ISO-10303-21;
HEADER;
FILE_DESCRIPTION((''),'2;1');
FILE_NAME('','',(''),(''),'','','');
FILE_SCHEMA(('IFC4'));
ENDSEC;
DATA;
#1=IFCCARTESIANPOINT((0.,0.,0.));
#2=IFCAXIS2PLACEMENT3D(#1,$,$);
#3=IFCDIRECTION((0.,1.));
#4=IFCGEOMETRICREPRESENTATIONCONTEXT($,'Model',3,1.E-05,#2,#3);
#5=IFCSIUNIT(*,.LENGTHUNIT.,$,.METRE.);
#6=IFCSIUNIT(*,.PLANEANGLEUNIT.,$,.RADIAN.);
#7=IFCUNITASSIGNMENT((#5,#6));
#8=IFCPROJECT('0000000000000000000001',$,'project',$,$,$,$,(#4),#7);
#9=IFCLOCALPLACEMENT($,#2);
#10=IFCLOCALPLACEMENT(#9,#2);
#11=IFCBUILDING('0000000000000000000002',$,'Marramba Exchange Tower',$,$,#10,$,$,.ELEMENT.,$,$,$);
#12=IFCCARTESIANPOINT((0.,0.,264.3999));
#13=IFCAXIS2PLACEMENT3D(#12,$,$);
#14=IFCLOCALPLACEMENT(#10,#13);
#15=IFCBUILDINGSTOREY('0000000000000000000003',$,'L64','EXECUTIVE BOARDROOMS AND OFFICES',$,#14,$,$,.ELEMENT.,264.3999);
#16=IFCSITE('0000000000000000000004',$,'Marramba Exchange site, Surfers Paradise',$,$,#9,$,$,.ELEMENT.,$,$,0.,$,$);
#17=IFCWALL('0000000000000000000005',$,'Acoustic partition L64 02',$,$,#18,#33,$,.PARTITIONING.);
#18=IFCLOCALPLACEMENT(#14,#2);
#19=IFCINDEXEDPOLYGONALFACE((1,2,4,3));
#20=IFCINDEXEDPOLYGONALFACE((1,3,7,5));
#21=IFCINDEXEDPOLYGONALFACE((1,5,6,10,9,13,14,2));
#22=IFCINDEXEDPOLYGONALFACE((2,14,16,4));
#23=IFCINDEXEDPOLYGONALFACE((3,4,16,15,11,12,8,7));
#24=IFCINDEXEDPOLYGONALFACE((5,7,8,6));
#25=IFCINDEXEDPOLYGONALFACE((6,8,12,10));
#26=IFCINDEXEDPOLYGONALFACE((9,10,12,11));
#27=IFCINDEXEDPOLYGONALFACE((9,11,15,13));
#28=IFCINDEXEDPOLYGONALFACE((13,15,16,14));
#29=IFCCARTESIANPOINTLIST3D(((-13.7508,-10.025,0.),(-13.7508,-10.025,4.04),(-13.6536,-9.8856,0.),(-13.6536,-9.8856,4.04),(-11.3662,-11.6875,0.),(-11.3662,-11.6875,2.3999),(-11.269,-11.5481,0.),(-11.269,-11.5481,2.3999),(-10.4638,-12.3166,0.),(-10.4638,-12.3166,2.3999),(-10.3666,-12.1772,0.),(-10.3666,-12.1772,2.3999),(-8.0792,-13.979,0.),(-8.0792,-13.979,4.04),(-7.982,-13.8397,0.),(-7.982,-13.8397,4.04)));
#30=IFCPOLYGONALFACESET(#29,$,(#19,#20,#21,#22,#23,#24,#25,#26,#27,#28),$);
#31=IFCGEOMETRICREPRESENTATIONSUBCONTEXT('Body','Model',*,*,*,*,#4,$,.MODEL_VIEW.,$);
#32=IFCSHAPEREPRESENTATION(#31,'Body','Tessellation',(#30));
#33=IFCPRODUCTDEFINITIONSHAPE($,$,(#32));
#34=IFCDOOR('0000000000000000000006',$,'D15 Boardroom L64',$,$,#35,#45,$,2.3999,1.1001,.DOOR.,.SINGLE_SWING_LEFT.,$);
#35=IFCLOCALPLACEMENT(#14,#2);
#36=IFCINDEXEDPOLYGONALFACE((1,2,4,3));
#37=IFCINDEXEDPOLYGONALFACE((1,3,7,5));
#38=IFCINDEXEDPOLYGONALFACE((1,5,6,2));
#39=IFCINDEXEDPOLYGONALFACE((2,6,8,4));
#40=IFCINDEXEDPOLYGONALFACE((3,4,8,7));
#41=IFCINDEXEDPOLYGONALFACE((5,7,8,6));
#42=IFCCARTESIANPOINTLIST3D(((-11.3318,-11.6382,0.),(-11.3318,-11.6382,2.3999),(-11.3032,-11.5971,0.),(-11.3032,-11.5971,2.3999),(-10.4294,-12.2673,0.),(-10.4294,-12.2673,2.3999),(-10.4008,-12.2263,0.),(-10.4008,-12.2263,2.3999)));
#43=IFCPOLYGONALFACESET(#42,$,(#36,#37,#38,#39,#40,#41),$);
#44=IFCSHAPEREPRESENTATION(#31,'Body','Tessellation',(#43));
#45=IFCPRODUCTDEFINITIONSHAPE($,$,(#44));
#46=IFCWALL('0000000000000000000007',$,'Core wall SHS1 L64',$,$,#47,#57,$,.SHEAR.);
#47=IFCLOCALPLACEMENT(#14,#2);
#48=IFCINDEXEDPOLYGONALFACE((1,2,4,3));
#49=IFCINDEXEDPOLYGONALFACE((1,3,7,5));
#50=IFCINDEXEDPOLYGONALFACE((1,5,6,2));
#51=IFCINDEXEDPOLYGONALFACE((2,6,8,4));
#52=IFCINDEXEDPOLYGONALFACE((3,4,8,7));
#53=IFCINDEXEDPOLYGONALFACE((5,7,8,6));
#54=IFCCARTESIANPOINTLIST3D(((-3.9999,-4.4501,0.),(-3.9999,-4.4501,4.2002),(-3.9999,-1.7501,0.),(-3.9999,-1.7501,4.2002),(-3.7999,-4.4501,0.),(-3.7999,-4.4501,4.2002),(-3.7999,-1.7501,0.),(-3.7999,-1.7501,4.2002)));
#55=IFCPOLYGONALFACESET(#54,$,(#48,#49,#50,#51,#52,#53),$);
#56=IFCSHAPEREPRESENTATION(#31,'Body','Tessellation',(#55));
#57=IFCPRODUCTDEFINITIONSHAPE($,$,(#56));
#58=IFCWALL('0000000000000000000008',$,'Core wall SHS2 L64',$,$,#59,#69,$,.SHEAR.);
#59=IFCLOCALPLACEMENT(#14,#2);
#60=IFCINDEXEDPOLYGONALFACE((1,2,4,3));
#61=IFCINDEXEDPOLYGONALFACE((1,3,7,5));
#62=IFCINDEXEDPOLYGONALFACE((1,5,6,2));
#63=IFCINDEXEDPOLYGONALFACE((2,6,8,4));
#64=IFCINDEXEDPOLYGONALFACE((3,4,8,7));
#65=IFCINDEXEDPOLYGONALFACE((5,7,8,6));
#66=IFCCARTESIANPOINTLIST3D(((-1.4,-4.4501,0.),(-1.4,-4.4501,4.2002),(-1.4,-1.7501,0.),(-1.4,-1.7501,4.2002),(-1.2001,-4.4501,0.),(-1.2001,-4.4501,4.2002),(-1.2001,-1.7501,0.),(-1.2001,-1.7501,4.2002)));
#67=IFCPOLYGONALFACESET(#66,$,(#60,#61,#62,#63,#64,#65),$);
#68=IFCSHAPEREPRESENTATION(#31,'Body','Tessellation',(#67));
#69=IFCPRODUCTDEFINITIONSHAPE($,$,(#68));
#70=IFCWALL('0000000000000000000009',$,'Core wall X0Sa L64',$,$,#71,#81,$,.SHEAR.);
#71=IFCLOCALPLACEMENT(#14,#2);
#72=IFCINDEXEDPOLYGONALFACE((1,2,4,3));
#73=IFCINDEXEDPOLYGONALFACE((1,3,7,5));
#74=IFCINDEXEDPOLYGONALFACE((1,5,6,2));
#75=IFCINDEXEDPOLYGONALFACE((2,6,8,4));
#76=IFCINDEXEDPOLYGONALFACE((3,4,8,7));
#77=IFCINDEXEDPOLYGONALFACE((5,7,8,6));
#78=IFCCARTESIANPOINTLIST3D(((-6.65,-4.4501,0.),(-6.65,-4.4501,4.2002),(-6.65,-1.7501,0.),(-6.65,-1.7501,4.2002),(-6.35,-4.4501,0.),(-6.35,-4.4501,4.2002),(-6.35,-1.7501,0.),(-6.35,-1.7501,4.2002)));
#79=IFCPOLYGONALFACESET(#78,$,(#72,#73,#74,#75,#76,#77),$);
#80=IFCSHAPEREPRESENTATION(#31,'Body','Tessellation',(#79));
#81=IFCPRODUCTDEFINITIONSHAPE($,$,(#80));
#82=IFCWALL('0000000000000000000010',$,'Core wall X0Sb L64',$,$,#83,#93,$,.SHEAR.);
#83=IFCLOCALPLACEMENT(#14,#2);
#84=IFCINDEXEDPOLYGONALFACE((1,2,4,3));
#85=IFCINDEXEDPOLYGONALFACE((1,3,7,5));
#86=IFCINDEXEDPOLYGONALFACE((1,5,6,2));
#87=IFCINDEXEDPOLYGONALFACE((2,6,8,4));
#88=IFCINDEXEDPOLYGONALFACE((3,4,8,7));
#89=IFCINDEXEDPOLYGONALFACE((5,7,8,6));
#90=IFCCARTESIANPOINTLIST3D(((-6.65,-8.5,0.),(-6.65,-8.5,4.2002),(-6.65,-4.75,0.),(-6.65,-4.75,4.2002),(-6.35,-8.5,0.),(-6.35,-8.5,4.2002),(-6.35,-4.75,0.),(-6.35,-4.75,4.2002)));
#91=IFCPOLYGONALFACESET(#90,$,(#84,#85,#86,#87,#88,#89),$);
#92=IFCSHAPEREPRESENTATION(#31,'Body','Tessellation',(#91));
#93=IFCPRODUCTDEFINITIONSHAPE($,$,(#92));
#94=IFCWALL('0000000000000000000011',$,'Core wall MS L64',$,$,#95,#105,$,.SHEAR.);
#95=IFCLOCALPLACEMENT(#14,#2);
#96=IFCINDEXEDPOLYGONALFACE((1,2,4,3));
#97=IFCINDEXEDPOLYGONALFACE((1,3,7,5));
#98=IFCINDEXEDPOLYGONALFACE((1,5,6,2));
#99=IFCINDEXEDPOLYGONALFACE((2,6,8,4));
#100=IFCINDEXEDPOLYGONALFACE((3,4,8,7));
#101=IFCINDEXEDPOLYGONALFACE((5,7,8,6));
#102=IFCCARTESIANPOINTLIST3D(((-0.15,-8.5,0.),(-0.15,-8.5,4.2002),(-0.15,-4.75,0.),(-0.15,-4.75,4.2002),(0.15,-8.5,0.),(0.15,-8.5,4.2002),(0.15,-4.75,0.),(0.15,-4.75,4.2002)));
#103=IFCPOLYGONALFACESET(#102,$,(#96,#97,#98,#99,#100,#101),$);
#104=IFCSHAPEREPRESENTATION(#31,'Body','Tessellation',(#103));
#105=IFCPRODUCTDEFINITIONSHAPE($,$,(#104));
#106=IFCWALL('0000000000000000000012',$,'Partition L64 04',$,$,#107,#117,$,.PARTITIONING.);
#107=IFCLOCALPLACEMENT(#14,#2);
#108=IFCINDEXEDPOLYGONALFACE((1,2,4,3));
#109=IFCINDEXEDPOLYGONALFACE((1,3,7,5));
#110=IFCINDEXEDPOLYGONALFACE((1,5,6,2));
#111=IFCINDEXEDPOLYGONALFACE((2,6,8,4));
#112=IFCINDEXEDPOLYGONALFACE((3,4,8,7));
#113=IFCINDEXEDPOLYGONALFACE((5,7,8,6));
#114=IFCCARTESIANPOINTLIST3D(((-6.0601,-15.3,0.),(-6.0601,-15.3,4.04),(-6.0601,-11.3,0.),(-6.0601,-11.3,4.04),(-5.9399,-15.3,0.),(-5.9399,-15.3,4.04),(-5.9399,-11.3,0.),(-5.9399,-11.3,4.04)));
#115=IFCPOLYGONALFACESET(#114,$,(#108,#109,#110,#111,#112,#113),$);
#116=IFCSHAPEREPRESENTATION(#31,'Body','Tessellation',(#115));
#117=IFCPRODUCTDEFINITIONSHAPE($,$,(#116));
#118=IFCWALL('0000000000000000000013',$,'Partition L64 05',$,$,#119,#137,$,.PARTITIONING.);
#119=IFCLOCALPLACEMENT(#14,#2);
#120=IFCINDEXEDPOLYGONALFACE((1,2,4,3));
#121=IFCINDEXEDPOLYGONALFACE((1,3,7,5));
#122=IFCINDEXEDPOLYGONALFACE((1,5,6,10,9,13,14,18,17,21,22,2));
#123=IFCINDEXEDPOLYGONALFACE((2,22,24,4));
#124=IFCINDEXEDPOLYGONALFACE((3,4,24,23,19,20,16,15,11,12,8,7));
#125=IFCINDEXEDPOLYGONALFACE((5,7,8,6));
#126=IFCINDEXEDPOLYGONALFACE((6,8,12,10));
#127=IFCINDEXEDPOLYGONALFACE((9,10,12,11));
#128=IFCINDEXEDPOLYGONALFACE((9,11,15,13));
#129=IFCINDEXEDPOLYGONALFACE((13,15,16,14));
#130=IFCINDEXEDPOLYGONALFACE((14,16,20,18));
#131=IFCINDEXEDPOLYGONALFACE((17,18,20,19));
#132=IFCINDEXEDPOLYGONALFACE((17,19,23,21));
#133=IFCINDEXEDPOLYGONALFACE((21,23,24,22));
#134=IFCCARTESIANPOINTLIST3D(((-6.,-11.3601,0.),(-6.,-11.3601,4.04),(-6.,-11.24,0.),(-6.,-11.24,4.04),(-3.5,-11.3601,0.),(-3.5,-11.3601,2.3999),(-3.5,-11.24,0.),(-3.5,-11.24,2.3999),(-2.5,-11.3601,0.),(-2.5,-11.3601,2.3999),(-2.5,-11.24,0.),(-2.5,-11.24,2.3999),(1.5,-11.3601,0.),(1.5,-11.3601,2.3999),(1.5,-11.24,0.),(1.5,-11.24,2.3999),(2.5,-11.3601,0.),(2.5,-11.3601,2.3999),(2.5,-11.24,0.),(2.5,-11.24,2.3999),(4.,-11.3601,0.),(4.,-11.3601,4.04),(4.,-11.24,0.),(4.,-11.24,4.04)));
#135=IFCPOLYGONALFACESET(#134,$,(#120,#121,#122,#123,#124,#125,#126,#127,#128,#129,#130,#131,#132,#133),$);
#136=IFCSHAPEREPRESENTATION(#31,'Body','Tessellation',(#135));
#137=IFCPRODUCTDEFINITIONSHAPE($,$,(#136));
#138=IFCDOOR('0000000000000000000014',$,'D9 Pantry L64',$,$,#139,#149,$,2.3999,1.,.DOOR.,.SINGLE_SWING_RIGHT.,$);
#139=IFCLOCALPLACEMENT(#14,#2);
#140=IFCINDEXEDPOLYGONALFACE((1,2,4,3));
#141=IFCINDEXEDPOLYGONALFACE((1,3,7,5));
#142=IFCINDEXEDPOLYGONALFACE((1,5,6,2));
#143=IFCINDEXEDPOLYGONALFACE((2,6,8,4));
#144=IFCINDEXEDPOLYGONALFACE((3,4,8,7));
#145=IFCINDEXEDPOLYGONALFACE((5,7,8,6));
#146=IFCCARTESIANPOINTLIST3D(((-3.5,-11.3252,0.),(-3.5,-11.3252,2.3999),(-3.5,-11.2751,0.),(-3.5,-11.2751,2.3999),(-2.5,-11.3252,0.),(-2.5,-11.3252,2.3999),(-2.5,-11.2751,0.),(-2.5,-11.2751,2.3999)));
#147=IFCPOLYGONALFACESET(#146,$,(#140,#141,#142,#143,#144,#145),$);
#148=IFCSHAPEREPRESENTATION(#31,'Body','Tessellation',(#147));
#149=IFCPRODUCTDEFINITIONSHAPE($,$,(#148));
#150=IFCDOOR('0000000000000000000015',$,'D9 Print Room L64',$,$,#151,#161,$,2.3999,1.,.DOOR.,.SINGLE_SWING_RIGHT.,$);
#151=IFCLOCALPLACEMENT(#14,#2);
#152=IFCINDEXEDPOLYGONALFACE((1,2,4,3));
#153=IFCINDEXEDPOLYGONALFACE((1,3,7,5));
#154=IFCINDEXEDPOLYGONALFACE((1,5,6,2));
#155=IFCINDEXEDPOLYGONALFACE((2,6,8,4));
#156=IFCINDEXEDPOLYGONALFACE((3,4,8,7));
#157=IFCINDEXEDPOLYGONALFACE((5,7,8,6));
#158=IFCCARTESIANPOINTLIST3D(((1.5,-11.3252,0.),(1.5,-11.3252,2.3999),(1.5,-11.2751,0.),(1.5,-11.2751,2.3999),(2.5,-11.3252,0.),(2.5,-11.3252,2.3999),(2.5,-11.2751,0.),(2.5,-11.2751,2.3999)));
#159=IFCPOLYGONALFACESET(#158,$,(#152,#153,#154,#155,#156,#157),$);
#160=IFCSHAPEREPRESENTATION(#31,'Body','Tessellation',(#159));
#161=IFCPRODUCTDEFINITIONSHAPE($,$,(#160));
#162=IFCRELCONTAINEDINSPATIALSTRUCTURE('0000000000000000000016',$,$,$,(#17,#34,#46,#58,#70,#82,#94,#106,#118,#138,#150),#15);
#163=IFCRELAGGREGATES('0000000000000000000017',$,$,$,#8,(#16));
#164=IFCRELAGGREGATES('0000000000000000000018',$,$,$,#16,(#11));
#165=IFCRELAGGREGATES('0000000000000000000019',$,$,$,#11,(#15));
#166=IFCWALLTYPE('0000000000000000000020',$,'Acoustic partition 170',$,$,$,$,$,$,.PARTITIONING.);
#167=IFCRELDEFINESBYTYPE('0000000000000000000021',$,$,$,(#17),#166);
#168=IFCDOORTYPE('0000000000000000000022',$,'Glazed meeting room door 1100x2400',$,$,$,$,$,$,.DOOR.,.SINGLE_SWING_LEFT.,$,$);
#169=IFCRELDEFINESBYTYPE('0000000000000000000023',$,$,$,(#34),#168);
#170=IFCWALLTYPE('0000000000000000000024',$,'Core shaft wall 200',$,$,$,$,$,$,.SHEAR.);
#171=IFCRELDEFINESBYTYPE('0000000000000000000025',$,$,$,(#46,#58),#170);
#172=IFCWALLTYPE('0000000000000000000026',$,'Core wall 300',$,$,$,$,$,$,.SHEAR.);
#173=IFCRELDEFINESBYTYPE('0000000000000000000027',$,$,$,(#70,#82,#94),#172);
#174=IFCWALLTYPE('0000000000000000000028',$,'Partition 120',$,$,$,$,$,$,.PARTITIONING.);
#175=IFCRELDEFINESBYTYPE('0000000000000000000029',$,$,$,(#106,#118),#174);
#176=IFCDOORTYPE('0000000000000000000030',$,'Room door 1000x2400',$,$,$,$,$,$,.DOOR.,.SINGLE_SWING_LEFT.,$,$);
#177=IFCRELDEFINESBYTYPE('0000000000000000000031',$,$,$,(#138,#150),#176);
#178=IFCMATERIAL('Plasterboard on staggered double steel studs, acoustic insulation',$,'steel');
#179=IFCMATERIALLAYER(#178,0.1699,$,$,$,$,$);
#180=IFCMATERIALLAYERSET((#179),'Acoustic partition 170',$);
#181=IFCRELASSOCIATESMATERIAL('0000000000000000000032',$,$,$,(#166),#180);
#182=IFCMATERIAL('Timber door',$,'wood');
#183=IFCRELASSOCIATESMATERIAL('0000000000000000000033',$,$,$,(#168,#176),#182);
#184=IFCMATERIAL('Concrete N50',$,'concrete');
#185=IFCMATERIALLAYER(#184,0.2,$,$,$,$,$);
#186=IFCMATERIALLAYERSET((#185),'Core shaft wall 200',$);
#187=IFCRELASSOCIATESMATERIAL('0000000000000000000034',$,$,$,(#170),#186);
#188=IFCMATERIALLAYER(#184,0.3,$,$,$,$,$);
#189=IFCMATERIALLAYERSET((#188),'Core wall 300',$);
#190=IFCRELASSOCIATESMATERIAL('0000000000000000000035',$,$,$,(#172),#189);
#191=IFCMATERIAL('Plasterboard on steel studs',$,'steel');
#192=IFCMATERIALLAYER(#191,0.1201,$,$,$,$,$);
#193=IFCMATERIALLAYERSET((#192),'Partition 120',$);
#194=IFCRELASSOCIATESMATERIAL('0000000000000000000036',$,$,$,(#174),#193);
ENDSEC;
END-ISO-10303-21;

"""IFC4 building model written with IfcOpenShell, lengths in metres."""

from ifc_helpers import new_model, si_unit, direction, frame, frame_2d, origin, place, context, subcontext, project, spatial, rectangle, extrude, material, layer, layer_set, type_object, element, fill, save


model = new_model("IFC4")

# Units and contexts
model_context = context("Model", 3, precision=1e-05, world=origin(), true_north=direction((0.0, 1.0)))
body_context = subcontext(model_context, "Body", "Model", "MODEL_VIEW")
ifc_project = project(units=[si_unit("LENGTHUNIT", "METRE"), si_unit("PLANEANGLEUNIT", "RADIAN")], contexts=[model_context])

# Site, building, storey
site_placement = place(None, origin())
site = spatial("IfcSite", under=ifc_project, at=site_placement, Name="Marramba Exchange site, Surfers Paradise", CompositionType="ELEMENT", RefElevation=0.0)
building_placement = place(site_placement, origin())
building = spatial("IfcBuilding", under=site, at=building_placement, Name="Marramba Exchange Tower", CompositionType="ELEMENT")
storey_placement = place(building_placement, frame((0.0, 0.0, 264.3999)))
storey = spatial("IfcBuildingStorey", under=building, at=storey_placement, Name="L64", Description="EXECUTIVE BOARDROOMS AND OFFICES", CompositionType="ELEMENT", Elevation=264.3999)

# Shared definitions
ifc_material_1 = material(Name="Concrete N50", Category="concrete")

# Wall, opening, door
ifc_material_2 = material(Name="Plasterboard on staggered double steel studs, acoustic insulation", Category="steel")
ifc_layer_1 = layer(ifc_material_2, 0.1699)
ifc_layer_set_1 = layer_set([ifc_layer_1], Name="Acoustic partition 170")
wall_type_1 = type_object("IfcWallType", Name="Acoustic partition 170", PredefinedType="PARTITIONING", material=ifc_layer_set_1)
wall_1_placement = place(storey_placement, frame((-8.0305, -13.9094, 0.0), z_axis=(0.0, 0.0, 1.0), x_axis=(-0.82032, 0.571904, 0.0)))
wall_1 = element("IfcWall", 1, at=wall_1_placement, inside=storey, type_object=wall_type_1, Name="Acoustic partition L64 02", PredefinedType="PARTITIONING", context=body_context, shape_type="SweptSolid", body=[
    extrude(rectangle(XDim=6.9138, YDim=0.1699, at=frame_2d((3.457, 0.0))), origin(), (0.0, 0.0, 1.0), 4.04),
])
opening_1_placement = place(wall_1_placement, frame((2.907, 0.0, 0.0)))
opening_1 = element("IfcOpeningElement", 2, at=opening_1_placement, cuts=wall_1, PredefinedType="OPENING", context=body_context, shape_type="SweptSolid", body=[
    extrude(rectangle(XDim=1.1001, YDim=2.3999, at=frame_2d((0.55, 1.2))), frame((0.0, 0.095, 0.0), z_axis=(0.0, -1.0, 0.0), x_axis=(1.0, 0.0, 0.0)), (0.0, 0.0, 1.0), 0.1899),
])
ifc_material_3 = material(Name="Timber door", Category="wood")
door_type_1 = type_object("IfcDoorType", Name="Glazed meeting room door 1100x2400", OperationType="SINGLE_SWING_LEFT", PredefinedType="DOOR", material=ifc_material_3)
door_1_placement = place(opening_1_placement, origin())
door_1 = element("IfcDoor", 3, at=door_1_placement, inside=storey, type_object=door_type_1, Name="D15 Boardroom L64", OperationType="SINGLE_SWING_LEFT", OverallHeight=2.3999, OverallWidth=1.1001, PredefinedType="DOOR", context=body_context, shape_type="SweptSolid", body=[
    extrude(rectangle(XDim=1.1001, YDim=2.3999, at=frame_2d((0.55, 1.2))), frame((0.0, 0.0249, 0.0), z_axis=(0.0, -1.0, 0.0), x_axis=(1.0, 0.0, 0.0)), (0.0, 0.0, 1.0), 0.05),
])
fill(opening_1, door_1)

# Walls
ifc_layer_2 = layer(ifc_material_1, 0.2)
ifc_layer_set_2 = layer_set([ifc_layer_2], Name="Core shaft wall 200")
wall_type_2 = type_object("IfcWallType", Name="Core shaft wall 200", PredefinedType="SHEAR", material=ifc_layer_set_2)
for number, where, z_axis, x_axis, name in (
    (4, (-3.8999, -1.75, 0.0), (0.0, 0.0, 1.0), (0.0, -1.0, 0.0), "Core wall SHS1 L64"),
    (5, (-1.3, -1.75, 0.0), (0.0, 0.0, 1.0), (0.0, -1.0, 0.0), "Core wall SHS2 L64"),
):
    element("IfcWall", number, at=place(storey_placement, frame(where, z_axis=z_axis, x_axis=x_axis)), inside=storey, type_object=wall_type_2, Name=name, PredefinedType="SHEAR", context=body_context, shape_type="SweptSolid", body=[
        extrude(rectangle(XDim=2.7, YDim=0.2, at=frame_2d((1.3501, 0.0))), origin(), (0.0, 0.0, 1.0), 4.2002),
    ])
ifc_layer_3 = layer(ifc_material_1, 0.3)
ifc_layer_set_3 = layer_set([ifc_layer_3], Name="Core wall 300")
wall_type_3 = type_object("IfcWallType", Name="Core wall 300", PredefinedType="SHEAR", material=ifc_layer_set_3)
wall_2_placement = place(storey_placement, frame((-6.5, -1.75, 0.0), z_axis=(0.0, 0.0, 1.0), x_axis=(0.0, -1.0, 0.0)))
element("IfcWall", 6, at=wall_2_placement, inside=storey, type_object=wall_type_3, Name="Core wall X0Sa L64", PredefinedType="SHEAR", context=body_context, shape_type="SweptSolid", body=[
    extrude(rectangle(XDim=2.7, YDim=0.3, at=frame_2d((1.3501, 0.0))), origin(), (0.0, 0.0, 1.0), 4.2002),
])
for number, where, z_axis, x_axis, name in (
    (7, (-6.5, -4.75, 0.0), (0.0, 0.0, 1.0), (0.0, -1.0, 0.0), "Core wall X0Sb L64"),
    (8, (0.0, -4.75, 0.0), (0.0, 0.0, 1.0), (0.0, -1.0, 0.0), "Core wall MS L64"),
):
    element("IfcWall", number, at=place(storey_placement, frame(where, z_axis=z_axis, x_axis=x_axis)), inside=storey, type_object=wall_type_3, Name=name, PredefinedType="SHEAR", context=body_context, shape_type="SweptSolid", body=[
        extrude(rectangle(XDim=3.75, YDim=0.3, at=frame_2d((1.875, 0.0))), origin(), (0.0, 0.0, 1.0), 4.2002),
    ])
ifc_material_4 = material(Name="Plasterboard on steel studs", Category="steel")
ifc_layer_4 = layer(ifc_material_4, 0.1201)
ifc_layer_set_4 = layer_set([ifc_layer_4], Name="Partition 120")
wall_type_4 = type_object("IfcWallType", Name="Partition 120", PredefinedType="PARTITIONING", material=ifc_layer_set_4)
wall_3_placement = place(storey_placement, frame((-6.0, -15.3, 0.0), z_axis=(0.0, 0.0, 1.0), x_axis=(0.0, 1.0, 0.0)))
element("IfcWall", 9, at=wall_3_placement, inside=storey, type_object=wall_type_4, Name="Partition L64 04", PredefinedType="PARTITIONING", context=body_context, shape_type="SweptSolid", body=[
    extrude(rectangle(XDim=4.0, YDim=0.1201, at=frame_2d((2.0, 0.0))), origin(), (0.0, 0.0, 1.0), 4.04),
])

# Wall, openings, doors
wall_4_placement = place(storey_placement, frame((-6.0, -11.3, 0.0), z_axis=(0.0, 0.0, 1.0), x_axis=(1.0, 0.0, 0.0)))
wall_4 = element("IfcWall", 10, at=wall_4_placement, inside=storey, type_object=wall_type_4, Name="Partition L64 05", PredefinedType="PARTITIONING", context=body_context, shape_type="SweptSolid", body=[
    extrude(rectangle(XDim=10.0, YDim=0.1201, at=frame_2d((5.0, 0.0))), origin(), (0.0, 0.0, 1.0), 4.04),
])
opening_2_placement = place(wall_4_placement, frame((2.5, 0.0, 0.0)))
opening_2 = element("IfcOpeningElement", 11, at=opening_2_placement, cuts=wall_4, PredefinedType="OPENING", context=body_context, shape_type="SweptSolid", body=[
    extrude(rectangle(XDim=1.0, YDim=2.3999, at=frame_2d((0.5, 1.2))), frame((0.0, 0.0701, 0.0), z_axis=(0.0, -1.0, 0.0), x_axis=(1.0, 0.0, 0.0)), (0.0, 0.0, 1.0), 0.1401),
])
opening_3_placement = place(wall_4_placement, frame((7.5, 0.0, 0.0)))
opening_3 = element("IfcOpeningElement", 12, at=opening_3_placement, cuts=wall_4, PredefinedType="OPENING", context=body_context, shape_type="SweptSolid", body=[
    extrude(rectangle(XDim=1.0, YDim=2.3999, at=frame_2d((0.5, 1.2))), frame((0.0, 0.0701, 0.0), z_axis=(0.0, -1.0, 0.0), x_axis=(1.0, 0.0, 0.0)), (0.0, 0.0, 1.0), 0.1401),
])
door_type_2 = type_object("IfcDoorType", Name="Room door 1000x2400", OperationType="SINGLE_SWING_LEFT", PredefinedType="DOOR", material=ifc_material_3)
door_2_placement = place(opening_2_placement, frame((1.0, 0.0, 0.0), z_axis=(0.0, 0.0, 1.0), x_axis=(-1.0, 0.0, 0.0)))
door_2 = element("IfcDoor", 13, at=door_2_placement, inside=storey, type_object=door_type_2, Name="D9 Pantry L64", OperationType="SINGLE_SWING_RIGHT", OverallHeight=2.3999, OverallWidth=1.0, PredefinedType="DOOR", context=body_context, shape_type="SweptSolid", body=[
    extrude(rectangle(XDim=1.0, YDim=2.3999, at=frame_2d((0.5, 1.2))), frame((0.0, 0.0251, 0.0), z_axis=(0.0, -1.0, 0.0), x_axis=(1.0, 0.0, 0.0)), (0.0, 0.0, 1.0), 0.05),
])
fill(opening_2, door_2)
door_3_placement = place(opening_3_placement, frame((1.0, 0.0, 0.0), z_axis=(0.0, 0.0, 1.0), x_axis=(-1.0, 0.0, 0.0)))
door_3 = element("IfcDoor", 14, at=door_3_placement, inside=storey, type_object=door_type_2, Name="D9 Print Room L64", OperationType="SINGLE_SWING_RIGHT", OverallHeight=2.3999, OverallWidth=1.0, PredefinedType="DOOR", context=body_context, shape_type="SweptSolid", body=[
    extrude(rectangle(XDim=1.0, YDim=2.3999, at=frame_2d((0.5, 1.2))), frame((0.0, 0.0251, 0.0), z_axis=(0.0, -1.0, 0.0), x_axis=(1.0, 0.0, 0.0)), (0.0, 0.0, 1.0), 0.05),
])
fill(opening_3, door_3)

save(model, "model.ifc")
